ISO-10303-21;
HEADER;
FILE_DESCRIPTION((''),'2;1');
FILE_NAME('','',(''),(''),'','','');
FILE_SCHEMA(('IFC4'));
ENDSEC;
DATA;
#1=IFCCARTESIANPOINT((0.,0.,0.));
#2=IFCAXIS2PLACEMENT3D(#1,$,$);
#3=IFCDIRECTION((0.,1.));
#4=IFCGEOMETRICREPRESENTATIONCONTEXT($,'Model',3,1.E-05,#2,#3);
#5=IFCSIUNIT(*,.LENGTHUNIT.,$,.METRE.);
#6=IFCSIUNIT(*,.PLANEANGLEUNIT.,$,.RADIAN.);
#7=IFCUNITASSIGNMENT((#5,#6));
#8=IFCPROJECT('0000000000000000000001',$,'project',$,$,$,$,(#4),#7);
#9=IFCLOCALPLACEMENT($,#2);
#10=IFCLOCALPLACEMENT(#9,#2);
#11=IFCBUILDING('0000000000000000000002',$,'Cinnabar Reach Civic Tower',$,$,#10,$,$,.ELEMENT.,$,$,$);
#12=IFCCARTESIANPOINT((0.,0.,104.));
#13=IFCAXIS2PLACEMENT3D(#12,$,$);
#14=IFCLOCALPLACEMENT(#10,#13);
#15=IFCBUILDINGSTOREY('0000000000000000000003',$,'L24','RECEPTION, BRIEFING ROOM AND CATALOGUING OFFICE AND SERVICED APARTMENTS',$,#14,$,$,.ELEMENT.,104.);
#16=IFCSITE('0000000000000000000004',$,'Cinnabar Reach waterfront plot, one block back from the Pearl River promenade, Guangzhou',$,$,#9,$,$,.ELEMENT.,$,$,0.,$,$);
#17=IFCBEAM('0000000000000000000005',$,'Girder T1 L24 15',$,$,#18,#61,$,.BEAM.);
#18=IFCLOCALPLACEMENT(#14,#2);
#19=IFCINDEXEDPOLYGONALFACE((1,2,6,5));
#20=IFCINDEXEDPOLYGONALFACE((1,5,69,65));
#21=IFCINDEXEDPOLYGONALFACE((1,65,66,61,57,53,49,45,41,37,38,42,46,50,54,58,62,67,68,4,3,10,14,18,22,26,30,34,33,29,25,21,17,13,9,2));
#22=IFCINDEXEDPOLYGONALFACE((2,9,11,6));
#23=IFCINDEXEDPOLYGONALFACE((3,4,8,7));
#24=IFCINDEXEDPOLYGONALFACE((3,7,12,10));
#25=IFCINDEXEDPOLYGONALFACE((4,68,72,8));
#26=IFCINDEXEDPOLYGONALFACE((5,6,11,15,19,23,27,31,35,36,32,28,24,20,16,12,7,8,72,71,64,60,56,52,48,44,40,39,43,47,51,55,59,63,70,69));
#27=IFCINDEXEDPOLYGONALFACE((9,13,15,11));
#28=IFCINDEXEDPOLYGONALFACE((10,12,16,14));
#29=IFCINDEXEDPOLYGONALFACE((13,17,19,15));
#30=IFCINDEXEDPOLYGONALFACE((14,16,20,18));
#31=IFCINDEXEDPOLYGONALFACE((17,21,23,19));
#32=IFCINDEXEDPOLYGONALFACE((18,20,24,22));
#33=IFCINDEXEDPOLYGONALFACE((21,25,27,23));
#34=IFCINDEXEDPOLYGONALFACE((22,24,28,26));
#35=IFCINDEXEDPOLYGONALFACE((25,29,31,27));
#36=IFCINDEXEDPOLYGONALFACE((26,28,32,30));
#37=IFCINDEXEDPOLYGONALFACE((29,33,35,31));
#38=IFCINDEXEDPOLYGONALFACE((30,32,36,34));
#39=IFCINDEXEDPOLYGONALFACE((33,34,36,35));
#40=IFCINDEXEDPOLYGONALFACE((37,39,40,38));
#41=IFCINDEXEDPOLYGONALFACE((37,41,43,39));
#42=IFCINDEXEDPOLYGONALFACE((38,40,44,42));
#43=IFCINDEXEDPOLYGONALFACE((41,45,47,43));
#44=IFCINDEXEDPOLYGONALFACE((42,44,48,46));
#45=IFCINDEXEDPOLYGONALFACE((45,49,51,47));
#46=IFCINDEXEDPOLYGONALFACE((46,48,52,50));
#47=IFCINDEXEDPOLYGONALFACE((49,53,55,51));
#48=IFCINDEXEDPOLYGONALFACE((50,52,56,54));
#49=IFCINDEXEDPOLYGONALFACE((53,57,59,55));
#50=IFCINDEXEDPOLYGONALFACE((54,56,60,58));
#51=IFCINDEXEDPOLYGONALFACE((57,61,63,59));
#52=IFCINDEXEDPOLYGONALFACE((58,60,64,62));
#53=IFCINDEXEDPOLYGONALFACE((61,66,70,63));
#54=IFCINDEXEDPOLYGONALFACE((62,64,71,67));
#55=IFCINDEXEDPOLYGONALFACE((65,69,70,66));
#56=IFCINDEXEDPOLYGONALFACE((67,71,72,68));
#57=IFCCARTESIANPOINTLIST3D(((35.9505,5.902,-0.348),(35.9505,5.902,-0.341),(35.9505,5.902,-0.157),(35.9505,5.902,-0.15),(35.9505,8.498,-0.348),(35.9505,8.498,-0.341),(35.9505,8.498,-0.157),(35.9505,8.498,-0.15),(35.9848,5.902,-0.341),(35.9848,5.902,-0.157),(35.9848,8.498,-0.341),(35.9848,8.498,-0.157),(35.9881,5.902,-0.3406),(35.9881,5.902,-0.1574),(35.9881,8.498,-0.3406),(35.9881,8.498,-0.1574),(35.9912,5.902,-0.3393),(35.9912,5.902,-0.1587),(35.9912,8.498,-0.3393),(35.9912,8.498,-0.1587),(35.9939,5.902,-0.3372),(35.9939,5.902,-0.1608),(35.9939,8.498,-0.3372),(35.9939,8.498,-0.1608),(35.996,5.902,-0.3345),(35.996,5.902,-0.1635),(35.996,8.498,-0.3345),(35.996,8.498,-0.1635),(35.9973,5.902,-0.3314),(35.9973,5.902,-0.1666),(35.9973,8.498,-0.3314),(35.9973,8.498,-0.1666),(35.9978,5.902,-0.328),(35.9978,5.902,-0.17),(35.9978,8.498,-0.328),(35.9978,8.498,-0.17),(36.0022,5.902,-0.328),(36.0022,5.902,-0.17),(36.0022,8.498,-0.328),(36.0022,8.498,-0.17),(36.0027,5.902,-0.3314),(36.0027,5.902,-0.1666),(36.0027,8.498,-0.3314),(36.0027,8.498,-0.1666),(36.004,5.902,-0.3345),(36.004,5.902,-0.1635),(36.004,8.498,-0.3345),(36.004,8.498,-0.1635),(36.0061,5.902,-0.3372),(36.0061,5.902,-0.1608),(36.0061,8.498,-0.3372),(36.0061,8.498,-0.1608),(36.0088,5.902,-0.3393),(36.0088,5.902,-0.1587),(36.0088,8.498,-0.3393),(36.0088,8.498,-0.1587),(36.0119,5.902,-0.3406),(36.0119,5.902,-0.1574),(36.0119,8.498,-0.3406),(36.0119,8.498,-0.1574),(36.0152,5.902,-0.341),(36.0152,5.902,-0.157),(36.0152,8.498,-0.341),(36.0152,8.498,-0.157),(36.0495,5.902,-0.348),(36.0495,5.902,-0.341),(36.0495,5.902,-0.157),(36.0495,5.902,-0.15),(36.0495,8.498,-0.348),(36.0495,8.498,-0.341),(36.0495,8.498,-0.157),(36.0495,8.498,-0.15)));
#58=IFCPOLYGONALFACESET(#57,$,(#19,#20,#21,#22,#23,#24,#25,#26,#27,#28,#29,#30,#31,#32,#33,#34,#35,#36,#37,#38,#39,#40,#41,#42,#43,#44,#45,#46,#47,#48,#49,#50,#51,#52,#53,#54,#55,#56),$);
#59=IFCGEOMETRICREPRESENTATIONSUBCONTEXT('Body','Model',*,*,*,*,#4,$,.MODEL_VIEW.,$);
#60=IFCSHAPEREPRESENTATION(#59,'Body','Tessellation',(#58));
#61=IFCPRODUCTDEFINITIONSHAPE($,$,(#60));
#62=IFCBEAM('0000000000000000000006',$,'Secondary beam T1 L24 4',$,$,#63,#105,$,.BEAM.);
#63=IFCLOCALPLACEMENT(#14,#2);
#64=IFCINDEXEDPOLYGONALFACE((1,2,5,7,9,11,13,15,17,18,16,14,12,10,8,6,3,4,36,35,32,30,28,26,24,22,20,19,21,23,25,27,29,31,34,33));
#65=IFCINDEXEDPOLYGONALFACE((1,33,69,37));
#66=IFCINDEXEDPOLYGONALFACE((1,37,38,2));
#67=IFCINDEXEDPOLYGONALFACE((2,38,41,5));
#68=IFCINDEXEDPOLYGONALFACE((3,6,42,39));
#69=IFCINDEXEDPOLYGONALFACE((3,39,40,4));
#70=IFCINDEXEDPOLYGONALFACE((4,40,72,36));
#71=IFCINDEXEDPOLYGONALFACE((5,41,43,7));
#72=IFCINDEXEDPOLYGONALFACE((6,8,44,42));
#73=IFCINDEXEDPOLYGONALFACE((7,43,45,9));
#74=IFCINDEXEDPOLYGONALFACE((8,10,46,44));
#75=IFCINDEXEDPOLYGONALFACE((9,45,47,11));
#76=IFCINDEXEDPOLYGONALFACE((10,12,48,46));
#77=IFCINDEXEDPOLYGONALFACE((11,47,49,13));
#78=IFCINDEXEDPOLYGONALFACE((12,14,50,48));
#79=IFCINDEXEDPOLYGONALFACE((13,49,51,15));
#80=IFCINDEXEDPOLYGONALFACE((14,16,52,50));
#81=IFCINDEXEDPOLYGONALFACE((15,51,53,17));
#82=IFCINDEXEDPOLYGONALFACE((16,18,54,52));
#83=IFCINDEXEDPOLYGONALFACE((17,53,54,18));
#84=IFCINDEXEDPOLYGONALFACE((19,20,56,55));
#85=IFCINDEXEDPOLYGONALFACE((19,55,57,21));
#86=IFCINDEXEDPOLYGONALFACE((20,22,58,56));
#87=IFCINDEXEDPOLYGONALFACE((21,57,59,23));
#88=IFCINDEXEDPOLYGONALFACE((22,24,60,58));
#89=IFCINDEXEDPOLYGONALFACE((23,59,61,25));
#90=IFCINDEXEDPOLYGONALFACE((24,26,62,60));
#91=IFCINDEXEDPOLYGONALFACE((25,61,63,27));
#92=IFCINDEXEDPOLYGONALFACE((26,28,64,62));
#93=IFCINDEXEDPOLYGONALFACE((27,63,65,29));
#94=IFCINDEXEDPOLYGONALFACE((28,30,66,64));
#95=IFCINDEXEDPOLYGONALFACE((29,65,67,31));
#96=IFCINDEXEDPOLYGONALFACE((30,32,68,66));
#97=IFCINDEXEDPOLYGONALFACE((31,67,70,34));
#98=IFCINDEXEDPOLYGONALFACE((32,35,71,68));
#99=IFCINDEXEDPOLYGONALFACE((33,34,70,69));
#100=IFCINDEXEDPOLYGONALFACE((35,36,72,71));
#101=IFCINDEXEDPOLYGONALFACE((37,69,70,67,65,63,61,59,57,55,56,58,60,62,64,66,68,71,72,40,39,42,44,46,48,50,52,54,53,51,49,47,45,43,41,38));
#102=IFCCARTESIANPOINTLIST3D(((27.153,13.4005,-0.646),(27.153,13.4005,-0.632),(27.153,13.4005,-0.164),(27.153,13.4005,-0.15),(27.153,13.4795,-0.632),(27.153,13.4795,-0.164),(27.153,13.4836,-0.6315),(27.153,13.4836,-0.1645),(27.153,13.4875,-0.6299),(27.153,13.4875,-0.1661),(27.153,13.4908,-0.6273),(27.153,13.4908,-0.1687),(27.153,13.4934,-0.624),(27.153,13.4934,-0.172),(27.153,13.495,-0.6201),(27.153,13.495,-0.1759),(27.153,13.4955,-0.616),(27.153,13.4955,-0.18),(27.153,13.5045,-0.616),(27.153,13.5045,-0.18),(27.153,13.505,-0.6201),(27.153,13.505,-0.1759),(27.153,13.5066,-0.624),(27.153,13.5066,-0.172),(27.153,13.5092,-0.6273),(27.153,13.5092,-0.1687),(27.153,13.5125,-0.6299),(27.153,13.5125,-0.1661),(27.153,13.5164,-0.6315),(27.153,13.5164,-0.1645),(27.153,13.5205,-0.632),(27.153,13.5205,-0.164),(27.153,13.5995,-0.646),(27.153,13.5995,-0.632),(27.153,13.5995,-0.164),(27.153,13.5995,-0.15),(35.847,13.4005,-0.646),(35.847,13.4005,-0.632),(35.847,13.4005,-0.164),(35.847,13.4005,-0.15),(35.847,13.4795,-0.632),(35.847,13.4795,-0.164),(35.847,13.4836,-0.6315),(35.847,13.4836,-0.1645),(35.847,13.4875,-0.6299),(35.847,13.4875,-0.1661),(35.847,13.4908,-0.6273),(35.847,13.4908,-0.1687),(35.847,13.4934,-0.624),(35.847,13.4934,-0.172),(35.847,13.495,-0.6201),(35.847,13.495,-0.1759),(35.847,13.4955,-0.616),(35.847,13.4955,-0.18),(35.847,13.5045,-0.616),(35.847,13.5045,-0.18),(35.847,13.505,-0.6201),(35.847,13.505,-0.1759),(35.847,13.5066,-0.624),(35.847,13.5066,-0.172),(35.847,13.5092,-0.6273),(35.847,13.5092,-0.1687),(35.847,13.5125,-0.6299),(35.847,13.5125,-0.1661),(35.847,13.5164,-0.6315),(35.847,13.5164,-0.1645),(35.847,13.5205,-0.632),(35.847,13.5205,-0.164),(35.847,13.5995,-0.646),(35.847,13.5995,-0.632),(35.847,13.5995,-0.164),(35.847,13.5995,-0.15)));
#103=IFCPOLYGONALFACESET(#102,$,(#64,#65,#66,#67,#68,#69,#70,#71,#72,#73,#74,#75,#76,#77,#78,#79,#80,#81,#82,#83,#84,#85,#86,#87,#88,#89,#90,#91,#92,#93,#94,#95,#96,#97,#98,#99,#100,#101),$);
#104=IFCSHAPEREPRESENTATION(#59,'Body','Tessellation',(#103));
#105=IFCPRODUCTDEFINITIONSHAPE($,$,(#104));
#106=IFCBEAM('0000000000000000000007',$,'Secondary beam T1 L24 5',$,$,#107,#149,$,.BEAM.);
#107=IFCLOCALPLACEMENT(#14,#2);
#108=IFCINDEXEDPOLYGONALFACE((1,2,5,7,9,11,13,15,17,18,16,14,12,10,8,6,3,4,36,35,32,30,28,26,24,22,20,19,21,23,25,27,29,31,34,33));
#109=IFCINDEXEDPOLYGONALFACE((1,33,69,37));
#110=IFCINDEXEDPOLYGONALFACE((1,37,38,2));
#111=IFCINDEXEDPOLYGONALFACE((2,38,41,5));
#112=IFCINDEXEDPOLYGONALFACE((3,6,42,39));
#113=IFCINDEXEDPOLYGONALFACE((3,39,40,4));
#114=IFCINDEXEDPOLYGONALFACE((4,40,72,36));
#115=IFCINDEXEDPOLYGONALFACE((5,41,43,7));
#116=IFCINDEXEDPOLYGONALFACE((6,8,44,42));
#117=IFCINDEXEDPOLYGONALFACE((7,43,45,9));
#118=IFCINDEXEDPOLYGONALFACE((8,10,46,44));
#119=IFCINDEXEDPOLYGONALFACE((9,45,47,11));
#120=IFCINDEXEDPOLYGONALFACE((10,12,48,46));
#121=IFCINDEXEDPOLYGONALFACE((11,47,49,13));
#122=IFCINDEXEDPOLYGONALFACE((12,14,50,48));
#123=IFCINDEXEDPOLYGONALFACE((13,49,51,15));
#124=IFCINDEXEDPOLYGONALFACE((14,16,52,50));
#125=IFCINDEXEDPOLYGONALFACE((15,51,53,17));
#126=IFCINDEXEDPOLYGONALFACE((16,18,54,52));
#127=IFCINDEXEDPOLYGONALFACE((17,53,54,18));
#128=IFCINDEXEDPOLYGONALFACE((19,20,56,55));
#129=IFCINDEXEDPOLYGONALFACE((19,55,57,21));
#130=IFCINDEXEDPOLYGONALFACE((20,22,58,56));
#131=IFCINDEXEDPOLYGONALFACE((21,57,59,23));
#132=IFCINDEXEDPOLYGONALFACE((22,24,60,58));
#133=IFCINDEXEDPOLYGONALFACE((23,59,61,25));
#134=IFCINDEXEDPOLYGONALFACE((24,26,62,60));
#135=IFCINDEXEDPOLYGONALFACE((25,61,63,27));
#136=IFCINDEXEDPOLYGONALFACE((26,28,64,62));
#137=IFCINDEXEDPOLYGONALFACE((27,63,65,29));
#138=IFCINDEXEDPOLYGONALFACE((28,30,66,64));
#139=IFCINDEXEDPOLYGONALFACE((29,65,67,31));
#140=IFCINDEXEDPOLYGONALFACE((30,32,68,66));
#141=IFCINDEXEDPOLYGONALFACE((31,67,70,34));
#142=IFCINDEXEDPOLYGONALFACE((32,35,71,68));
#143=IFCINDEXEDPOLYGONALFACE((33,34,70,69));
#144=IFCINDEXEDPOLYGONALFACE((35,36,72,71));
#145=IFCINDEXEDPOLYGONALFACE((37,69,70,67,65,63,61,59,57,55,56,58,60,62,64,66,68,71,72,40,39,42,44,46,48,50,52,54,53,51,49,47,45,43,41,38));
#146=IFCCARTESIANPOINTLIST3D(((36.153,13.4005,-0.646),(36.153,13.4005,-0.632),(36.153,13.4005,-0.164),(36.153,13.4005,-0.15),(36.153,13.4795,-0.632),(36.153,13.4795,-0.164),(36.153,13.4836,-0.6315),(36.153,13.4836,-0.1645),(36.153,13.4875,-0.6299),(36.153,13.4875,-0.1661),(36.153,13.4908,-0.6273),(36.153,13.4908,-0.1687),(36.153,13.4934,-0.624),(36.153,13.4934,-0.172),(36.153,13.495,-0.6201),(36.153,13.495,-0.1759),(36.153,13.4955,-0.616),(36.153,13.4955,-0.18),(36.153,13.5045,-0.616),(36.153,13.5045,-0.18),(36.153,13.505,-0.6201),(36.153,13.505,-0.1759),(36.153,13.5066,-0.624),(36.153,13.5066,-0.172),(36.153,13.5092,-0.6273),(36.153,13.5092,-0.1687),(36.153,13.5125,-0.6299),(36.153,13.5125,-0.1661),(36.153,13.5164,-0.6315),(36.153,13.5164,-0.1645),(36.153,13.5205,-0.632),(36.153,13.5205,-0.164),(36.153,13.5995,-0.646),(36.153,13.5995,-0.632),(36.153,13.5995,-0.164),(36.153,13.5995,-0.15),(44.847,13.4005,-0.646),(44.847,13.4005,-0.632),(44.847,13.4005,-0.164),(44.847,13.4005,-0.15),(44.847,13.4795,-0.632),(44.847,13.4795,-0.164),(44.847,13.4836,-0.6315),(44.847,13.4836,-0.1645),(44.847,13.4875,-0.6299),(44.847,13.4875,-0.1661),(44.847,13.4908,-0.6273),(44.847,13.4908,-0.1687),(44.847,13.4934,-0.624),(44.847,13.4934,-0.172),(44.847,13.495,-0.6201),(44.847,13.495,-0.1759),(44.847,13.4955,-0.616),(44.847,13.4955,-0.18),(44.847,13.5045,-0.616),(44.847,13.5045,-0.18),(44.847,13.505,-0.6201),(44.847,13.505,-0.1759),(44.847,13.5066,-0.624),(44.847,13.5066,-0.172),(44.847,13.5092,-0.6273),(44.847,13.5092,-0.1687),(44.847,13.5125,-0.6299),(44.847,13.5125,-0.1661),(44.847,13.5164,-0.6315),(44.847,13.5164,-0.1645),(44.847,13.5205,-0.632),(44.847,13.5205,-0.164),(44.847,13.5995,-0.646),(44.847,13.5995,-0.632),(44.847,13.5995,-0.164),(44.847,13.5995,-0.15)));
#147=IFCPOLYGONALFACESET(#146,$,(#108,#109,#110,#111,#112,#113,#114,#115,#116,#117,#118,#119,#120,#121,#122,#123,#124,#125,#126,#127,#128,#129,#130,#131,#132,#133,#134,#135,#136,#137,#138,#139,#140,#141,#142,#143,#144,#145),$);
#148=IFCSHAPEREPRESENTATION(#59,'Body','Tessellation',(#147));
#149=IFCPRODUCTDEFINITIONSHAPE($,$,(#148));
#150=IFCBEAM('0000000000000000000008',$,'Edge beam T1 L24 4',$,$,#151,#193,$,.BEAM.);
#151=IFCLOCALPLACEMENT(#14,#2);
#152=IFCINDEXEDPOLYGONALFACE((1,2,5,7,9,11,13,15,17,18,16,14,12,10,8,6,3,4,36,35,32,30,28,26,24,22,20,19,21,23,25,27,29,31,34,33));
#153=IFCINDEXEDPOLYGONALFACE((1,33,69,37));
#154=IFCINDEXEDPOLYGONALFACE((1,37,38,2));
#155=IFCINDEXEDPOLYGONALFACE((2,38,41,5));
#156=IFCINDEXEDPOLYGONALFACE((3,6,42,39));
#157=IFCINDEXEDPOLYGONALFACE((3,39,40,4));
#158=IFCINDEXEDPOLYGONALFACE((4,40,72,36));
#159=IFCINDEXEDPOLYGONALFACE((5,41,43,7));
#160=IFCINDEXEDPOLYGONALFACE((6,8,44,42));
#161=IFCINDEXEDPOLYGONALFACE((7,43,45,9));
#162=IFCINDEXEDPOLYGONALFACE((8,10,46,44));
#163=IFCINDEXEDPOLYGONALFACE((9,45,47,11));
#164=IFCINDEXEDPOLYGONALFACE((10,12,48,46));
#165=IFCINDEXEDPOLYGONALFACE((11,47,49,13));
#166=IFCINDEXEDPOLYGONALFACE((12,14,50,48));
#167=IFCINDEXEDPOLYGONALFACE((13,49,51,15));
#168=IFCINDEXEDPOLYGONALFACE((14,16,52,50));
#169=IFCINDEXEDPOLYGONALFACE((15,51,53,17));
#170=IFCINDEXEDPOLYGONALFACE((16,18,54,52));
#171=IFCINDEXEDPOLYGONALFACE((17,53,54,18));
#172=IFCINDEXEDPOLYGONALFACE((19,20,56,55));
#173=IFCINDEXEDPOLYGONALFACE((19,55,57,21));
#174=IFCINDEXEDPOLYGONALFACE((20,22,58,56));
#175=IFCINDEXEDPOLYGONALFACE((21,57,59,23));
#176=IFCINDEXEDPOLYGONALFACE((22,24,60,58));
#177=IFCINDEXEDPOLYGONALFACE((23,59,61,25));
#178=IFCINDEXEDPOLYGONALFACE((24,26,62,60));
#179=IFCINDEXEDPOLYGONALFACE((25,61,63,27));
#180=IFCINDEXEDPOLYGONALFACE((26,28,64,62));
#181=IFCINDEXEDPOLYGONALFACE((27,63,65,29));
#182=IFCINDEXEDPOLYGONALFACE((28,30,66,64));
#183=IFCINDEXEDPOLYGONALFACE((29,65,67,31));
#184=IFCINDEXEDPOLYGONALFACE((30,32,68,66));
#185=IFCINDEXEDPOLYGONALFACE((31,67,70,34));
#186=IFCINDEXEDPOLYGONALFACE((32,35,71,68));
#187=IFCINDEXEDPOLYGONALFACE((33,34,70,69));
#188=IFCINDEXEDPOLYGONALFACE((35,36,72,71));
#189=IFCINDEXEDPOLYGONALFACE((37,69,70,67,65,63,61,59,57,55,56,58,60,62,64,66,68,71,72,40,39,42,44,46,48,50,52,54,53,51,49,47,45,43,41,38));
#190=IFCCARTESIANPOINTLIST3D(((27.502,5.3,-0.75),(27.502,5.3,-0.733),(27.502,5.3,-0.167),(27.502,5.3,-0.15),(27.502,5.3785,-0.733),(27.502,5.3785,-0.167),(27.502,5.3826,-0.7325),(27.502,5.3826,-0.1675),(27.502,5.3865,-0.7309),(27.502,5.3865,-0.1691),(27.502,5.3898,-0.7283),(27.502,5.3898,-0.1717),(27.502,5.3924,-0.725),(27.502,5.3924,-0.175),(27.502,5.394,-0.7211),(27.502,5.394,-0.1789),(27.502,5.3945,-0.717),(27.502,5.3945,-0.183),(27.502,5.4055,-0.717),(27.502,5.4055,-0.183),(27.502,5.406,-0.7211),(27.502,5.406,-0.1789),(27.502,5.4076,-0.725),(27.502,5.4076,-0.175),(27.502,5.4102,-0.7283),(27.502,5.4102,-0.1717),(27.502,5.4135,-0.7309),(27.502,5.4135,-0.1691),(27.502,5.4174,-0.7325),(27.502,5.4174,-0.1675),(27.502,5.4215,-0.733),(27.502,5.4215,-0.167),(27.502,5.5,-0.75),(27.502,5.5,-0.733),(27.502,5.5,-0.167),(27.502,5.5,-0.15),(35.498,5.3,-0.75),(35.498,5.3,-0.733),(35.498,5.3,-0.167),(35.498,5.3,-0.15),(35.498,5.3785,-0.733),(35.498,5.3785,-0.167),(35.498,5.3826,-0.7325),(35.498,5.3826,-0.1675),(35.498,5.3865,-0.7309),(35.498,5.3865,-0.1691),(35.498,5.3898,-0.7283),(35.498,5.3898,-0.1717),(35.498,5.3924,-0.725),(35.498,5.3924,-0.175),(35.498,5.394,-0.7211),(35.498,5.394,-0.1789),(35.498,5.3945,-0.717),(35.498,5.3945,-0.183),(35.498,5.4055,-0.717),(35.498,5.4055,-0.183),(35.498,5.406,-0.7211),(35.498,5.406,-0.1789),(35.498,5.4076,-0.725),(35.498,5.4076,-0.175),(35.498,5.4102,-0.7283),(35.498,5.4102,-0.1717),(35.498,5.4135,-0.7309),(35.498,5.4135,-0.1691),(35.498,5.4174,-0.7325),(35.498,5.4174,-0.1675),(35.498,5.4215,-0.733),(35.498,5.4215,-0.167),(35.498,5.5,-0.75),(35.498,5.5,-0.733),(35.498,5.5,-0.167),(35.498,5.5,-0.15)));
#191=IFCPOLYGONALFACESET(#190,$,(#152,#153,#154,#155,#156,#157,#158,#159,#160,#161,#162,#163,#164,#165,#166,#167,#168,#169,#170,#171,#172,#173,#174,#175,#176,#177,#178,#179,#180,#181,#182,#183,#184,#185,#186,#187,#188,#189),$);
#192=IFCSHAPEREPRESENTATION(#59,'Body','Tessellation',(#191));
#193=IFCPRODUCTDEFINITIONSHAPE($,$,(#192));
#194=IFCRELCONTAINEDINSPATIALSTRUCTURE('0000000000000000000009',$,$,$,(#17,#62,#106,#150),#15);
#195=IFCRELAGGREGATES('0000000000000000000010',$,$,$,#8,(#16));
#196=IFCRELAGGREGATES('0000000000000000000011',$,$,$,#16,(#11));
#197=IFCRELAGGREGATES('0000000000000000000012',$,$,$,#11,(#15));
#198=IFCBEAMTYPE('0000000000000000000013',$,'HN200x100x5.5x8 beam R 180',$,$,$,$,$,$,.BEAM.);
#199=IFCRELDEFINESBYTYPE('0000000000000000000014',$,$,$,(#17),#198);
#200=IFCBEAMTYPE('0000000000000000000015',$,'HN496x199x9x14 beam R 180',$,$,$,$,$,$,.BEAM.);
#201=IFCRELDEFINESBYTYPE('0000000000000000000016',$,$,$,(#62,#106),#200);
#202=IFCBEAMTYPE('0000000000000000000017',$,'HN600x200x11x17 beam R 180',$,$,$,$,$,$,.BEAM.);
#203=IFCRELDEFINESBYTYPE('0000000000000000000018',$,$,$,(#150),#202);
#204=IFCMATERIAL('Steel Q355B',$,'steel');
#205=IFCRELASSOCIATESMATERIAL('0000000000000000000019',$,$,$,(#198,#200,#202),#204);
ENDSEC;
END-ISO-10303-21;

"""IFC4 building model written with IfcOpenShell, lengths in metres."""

from ifc_helpers import new_model, si_unit, direction, frame, origin, origin_2d, place, context, subcontext, project, spatial, i_section, extrude, material, material_profile, profile_set, type_object, element, save


model = new_model("IFC4")

# Units and contexts
model_context = context("Model", 3, precision=1e-05, world=origin(), true_north=direction((0.0, 1.0)))
body_context = subcontext(model_context, "Body", "Model", "MODEL_VIEW")
ifc_project = project(units=[si_unit("LENGTHUNIT", "METRE"), si_unit("PLANEANGLEUNIT", "RADIAN")], contexts=[model_context])

# Site, building, storey
site_placement = place(None, origin())
site = spatial("IfcSite", under=ifc_project, at=site_placement, Name="Cinnabar Reach waterfront plot, one block back from the Pearl River promenade, Guangzhou", CompositionType="ELEMENT", RefElevation=0.0)
building_placement = place(site_placement, origin())
building = spatial("IfcBuilding", under=site, at=building_placement, Name="Cinnabar Reach Civic Tower", CompositionType="ELEMENT")
storey_placement = place(building_placement, frame((0.0, 0.0, 104.0)))
storey = spatial("IfcBuildingStorey", under=building, at=storey_placement, Name="L24", Description="RECEPTION, BRIEFING ROOM AND CATALOGUING OFFICE AND SERVICED APARTMENTS", CompositionType="ELEMENT", Elevation=104.0)

# Beams
ifc_material_1 = material(Name="Steel Q355B", Category="steel")
ifc_material_profile_1 = material_profile(ifc_material_1, i_section(OverallWidth=0.099, OverallDepth=0.198, WebThickness=0.0045, FlangeThickness=0.007, FilletRadius=0.013, at=origin_2d()), Name="HN200x100x5.5x8")
ifc_profile_set_1 = profile_set([ifc_material_profile_1], Name="Steel Q355B")
beam_type_1 = type_object("IfcBeamType", Name="HN200x100x5.5x8 beam R 180", PredefinedType="BEAM", material=ifc_profile_set_1)
for number, where, z_axis, x_axis, name in (
    (1, (36.0, 5.902, -0.249), (0.0, 1.0, 0.0), (-1.0, 0.0, 0.0), "Girder T1 L24 15"),
):
    element("IfcBeam", number, at=place(storey_placement, frame(where, z_axis=z_axis, x_axis=x_axis)), inside=storey, type_object=beam_type_1, Name=name, PredefinedType="BEAM", context=body_context, shape_type="SweptSolid", body=[
        extrude(i_section(OverallWidth=0.099, OverallDepth=0.198, WebThickness=0.0045, FlangeThickness=0.007, FilletRadius=0.013, at=origin_2d()), origin(), (0.0, 0.0, 1.0), 2.596),
    ])
ifc_material_profile_2 = material_profile(ifc_material_1, i_section(OverallWidth=0.199, OverallDepth=0.496, WebThickness=0.009, FlangeThickness=0.014, FilletRadius=0.016, at=origin_2d()), Name="HN496x199x9x14")
ifc_profile_set_2 = profile_set([ifc_material_profile_2], Name="Steel Q355B")
beam_type_2 = type_object("IfcBeamType", Name="HN496x199x9x14 beam R 180", PredefinedType="BEAM", material=ifc_profile_set_2)
for number, where, z_axis, x_axis, name in (
    (2, (27.153, 13.5, -0.398), (1.0, 0.0, 0.0), (0.0, 1.0, 0.0), "Secondary beam T1 L24 4"),
    (3, (36.153, 13.5, -0.398), (1.0, 0.0, 0.0), (0.0, 1.0, 0.0), "Secondary beam T1 L24 5"),
):
    element("IfcBeam", number, at=place(storey_placement, frame(where, z_axis=z_axis, x_axis=x_axis)), inside=storey, type_object=beam_type_2, Name=name, PredefinedType="BEAM", context=body_context, shape_type="SweptSolid", body=[
        extrude(i_section(OverallWidth=0.199, OverallDepth=0.496, WebThickness=0.009, FlangeThickness=0.014, FilletRadius=0.016, at=origin_2d()), origin(), (0.0, 0.0, 1.0), 8.694),
    ])
ifc_material_profile_3 = material_profile(ifc_material_1, i_section(OverallWidth=0.2, OverallDepth=0.6, WebThickness=0.011, FlangeThickness=0.017, FilletRadius=0.016, at=origin_2d()), Name="HN600x200x11x17")
ifc_profile_set_3 = profile_set([ifc_material_profile_3], Name="Steel Q355B")
beam_type_3 = type_object("IfcBeamType", Name="HN600x200x11x17 beam R 180", PredefinedType="BEAM", material=ifc_profile_set_3)
beam_1_placement = place(storey_placement, frame((27.502, 5.4, -0.45), z_axis=(1.0, 0.0, 0.0), x_axis=(0.0, 1.0, 0.0)))
element("IfcBeam", 4, at=beam_1_placement, inside=storey, type_object=beam_type_3, Name="Edge beam T1 L24 4", PredefinedType="BEAM", context=body_context, shape_type="SweptSolid", body=[
    extrude(i_section(OverallWidth=0.2, OverallDepth=0.6, WebThickness=0.011, FlangeThickness=0.017, FilletRadius=0.016, at=origin_2d()), origin(), (0.0, 0.0, 1.0), 7.996),
])

save(model, "model.ifc")
